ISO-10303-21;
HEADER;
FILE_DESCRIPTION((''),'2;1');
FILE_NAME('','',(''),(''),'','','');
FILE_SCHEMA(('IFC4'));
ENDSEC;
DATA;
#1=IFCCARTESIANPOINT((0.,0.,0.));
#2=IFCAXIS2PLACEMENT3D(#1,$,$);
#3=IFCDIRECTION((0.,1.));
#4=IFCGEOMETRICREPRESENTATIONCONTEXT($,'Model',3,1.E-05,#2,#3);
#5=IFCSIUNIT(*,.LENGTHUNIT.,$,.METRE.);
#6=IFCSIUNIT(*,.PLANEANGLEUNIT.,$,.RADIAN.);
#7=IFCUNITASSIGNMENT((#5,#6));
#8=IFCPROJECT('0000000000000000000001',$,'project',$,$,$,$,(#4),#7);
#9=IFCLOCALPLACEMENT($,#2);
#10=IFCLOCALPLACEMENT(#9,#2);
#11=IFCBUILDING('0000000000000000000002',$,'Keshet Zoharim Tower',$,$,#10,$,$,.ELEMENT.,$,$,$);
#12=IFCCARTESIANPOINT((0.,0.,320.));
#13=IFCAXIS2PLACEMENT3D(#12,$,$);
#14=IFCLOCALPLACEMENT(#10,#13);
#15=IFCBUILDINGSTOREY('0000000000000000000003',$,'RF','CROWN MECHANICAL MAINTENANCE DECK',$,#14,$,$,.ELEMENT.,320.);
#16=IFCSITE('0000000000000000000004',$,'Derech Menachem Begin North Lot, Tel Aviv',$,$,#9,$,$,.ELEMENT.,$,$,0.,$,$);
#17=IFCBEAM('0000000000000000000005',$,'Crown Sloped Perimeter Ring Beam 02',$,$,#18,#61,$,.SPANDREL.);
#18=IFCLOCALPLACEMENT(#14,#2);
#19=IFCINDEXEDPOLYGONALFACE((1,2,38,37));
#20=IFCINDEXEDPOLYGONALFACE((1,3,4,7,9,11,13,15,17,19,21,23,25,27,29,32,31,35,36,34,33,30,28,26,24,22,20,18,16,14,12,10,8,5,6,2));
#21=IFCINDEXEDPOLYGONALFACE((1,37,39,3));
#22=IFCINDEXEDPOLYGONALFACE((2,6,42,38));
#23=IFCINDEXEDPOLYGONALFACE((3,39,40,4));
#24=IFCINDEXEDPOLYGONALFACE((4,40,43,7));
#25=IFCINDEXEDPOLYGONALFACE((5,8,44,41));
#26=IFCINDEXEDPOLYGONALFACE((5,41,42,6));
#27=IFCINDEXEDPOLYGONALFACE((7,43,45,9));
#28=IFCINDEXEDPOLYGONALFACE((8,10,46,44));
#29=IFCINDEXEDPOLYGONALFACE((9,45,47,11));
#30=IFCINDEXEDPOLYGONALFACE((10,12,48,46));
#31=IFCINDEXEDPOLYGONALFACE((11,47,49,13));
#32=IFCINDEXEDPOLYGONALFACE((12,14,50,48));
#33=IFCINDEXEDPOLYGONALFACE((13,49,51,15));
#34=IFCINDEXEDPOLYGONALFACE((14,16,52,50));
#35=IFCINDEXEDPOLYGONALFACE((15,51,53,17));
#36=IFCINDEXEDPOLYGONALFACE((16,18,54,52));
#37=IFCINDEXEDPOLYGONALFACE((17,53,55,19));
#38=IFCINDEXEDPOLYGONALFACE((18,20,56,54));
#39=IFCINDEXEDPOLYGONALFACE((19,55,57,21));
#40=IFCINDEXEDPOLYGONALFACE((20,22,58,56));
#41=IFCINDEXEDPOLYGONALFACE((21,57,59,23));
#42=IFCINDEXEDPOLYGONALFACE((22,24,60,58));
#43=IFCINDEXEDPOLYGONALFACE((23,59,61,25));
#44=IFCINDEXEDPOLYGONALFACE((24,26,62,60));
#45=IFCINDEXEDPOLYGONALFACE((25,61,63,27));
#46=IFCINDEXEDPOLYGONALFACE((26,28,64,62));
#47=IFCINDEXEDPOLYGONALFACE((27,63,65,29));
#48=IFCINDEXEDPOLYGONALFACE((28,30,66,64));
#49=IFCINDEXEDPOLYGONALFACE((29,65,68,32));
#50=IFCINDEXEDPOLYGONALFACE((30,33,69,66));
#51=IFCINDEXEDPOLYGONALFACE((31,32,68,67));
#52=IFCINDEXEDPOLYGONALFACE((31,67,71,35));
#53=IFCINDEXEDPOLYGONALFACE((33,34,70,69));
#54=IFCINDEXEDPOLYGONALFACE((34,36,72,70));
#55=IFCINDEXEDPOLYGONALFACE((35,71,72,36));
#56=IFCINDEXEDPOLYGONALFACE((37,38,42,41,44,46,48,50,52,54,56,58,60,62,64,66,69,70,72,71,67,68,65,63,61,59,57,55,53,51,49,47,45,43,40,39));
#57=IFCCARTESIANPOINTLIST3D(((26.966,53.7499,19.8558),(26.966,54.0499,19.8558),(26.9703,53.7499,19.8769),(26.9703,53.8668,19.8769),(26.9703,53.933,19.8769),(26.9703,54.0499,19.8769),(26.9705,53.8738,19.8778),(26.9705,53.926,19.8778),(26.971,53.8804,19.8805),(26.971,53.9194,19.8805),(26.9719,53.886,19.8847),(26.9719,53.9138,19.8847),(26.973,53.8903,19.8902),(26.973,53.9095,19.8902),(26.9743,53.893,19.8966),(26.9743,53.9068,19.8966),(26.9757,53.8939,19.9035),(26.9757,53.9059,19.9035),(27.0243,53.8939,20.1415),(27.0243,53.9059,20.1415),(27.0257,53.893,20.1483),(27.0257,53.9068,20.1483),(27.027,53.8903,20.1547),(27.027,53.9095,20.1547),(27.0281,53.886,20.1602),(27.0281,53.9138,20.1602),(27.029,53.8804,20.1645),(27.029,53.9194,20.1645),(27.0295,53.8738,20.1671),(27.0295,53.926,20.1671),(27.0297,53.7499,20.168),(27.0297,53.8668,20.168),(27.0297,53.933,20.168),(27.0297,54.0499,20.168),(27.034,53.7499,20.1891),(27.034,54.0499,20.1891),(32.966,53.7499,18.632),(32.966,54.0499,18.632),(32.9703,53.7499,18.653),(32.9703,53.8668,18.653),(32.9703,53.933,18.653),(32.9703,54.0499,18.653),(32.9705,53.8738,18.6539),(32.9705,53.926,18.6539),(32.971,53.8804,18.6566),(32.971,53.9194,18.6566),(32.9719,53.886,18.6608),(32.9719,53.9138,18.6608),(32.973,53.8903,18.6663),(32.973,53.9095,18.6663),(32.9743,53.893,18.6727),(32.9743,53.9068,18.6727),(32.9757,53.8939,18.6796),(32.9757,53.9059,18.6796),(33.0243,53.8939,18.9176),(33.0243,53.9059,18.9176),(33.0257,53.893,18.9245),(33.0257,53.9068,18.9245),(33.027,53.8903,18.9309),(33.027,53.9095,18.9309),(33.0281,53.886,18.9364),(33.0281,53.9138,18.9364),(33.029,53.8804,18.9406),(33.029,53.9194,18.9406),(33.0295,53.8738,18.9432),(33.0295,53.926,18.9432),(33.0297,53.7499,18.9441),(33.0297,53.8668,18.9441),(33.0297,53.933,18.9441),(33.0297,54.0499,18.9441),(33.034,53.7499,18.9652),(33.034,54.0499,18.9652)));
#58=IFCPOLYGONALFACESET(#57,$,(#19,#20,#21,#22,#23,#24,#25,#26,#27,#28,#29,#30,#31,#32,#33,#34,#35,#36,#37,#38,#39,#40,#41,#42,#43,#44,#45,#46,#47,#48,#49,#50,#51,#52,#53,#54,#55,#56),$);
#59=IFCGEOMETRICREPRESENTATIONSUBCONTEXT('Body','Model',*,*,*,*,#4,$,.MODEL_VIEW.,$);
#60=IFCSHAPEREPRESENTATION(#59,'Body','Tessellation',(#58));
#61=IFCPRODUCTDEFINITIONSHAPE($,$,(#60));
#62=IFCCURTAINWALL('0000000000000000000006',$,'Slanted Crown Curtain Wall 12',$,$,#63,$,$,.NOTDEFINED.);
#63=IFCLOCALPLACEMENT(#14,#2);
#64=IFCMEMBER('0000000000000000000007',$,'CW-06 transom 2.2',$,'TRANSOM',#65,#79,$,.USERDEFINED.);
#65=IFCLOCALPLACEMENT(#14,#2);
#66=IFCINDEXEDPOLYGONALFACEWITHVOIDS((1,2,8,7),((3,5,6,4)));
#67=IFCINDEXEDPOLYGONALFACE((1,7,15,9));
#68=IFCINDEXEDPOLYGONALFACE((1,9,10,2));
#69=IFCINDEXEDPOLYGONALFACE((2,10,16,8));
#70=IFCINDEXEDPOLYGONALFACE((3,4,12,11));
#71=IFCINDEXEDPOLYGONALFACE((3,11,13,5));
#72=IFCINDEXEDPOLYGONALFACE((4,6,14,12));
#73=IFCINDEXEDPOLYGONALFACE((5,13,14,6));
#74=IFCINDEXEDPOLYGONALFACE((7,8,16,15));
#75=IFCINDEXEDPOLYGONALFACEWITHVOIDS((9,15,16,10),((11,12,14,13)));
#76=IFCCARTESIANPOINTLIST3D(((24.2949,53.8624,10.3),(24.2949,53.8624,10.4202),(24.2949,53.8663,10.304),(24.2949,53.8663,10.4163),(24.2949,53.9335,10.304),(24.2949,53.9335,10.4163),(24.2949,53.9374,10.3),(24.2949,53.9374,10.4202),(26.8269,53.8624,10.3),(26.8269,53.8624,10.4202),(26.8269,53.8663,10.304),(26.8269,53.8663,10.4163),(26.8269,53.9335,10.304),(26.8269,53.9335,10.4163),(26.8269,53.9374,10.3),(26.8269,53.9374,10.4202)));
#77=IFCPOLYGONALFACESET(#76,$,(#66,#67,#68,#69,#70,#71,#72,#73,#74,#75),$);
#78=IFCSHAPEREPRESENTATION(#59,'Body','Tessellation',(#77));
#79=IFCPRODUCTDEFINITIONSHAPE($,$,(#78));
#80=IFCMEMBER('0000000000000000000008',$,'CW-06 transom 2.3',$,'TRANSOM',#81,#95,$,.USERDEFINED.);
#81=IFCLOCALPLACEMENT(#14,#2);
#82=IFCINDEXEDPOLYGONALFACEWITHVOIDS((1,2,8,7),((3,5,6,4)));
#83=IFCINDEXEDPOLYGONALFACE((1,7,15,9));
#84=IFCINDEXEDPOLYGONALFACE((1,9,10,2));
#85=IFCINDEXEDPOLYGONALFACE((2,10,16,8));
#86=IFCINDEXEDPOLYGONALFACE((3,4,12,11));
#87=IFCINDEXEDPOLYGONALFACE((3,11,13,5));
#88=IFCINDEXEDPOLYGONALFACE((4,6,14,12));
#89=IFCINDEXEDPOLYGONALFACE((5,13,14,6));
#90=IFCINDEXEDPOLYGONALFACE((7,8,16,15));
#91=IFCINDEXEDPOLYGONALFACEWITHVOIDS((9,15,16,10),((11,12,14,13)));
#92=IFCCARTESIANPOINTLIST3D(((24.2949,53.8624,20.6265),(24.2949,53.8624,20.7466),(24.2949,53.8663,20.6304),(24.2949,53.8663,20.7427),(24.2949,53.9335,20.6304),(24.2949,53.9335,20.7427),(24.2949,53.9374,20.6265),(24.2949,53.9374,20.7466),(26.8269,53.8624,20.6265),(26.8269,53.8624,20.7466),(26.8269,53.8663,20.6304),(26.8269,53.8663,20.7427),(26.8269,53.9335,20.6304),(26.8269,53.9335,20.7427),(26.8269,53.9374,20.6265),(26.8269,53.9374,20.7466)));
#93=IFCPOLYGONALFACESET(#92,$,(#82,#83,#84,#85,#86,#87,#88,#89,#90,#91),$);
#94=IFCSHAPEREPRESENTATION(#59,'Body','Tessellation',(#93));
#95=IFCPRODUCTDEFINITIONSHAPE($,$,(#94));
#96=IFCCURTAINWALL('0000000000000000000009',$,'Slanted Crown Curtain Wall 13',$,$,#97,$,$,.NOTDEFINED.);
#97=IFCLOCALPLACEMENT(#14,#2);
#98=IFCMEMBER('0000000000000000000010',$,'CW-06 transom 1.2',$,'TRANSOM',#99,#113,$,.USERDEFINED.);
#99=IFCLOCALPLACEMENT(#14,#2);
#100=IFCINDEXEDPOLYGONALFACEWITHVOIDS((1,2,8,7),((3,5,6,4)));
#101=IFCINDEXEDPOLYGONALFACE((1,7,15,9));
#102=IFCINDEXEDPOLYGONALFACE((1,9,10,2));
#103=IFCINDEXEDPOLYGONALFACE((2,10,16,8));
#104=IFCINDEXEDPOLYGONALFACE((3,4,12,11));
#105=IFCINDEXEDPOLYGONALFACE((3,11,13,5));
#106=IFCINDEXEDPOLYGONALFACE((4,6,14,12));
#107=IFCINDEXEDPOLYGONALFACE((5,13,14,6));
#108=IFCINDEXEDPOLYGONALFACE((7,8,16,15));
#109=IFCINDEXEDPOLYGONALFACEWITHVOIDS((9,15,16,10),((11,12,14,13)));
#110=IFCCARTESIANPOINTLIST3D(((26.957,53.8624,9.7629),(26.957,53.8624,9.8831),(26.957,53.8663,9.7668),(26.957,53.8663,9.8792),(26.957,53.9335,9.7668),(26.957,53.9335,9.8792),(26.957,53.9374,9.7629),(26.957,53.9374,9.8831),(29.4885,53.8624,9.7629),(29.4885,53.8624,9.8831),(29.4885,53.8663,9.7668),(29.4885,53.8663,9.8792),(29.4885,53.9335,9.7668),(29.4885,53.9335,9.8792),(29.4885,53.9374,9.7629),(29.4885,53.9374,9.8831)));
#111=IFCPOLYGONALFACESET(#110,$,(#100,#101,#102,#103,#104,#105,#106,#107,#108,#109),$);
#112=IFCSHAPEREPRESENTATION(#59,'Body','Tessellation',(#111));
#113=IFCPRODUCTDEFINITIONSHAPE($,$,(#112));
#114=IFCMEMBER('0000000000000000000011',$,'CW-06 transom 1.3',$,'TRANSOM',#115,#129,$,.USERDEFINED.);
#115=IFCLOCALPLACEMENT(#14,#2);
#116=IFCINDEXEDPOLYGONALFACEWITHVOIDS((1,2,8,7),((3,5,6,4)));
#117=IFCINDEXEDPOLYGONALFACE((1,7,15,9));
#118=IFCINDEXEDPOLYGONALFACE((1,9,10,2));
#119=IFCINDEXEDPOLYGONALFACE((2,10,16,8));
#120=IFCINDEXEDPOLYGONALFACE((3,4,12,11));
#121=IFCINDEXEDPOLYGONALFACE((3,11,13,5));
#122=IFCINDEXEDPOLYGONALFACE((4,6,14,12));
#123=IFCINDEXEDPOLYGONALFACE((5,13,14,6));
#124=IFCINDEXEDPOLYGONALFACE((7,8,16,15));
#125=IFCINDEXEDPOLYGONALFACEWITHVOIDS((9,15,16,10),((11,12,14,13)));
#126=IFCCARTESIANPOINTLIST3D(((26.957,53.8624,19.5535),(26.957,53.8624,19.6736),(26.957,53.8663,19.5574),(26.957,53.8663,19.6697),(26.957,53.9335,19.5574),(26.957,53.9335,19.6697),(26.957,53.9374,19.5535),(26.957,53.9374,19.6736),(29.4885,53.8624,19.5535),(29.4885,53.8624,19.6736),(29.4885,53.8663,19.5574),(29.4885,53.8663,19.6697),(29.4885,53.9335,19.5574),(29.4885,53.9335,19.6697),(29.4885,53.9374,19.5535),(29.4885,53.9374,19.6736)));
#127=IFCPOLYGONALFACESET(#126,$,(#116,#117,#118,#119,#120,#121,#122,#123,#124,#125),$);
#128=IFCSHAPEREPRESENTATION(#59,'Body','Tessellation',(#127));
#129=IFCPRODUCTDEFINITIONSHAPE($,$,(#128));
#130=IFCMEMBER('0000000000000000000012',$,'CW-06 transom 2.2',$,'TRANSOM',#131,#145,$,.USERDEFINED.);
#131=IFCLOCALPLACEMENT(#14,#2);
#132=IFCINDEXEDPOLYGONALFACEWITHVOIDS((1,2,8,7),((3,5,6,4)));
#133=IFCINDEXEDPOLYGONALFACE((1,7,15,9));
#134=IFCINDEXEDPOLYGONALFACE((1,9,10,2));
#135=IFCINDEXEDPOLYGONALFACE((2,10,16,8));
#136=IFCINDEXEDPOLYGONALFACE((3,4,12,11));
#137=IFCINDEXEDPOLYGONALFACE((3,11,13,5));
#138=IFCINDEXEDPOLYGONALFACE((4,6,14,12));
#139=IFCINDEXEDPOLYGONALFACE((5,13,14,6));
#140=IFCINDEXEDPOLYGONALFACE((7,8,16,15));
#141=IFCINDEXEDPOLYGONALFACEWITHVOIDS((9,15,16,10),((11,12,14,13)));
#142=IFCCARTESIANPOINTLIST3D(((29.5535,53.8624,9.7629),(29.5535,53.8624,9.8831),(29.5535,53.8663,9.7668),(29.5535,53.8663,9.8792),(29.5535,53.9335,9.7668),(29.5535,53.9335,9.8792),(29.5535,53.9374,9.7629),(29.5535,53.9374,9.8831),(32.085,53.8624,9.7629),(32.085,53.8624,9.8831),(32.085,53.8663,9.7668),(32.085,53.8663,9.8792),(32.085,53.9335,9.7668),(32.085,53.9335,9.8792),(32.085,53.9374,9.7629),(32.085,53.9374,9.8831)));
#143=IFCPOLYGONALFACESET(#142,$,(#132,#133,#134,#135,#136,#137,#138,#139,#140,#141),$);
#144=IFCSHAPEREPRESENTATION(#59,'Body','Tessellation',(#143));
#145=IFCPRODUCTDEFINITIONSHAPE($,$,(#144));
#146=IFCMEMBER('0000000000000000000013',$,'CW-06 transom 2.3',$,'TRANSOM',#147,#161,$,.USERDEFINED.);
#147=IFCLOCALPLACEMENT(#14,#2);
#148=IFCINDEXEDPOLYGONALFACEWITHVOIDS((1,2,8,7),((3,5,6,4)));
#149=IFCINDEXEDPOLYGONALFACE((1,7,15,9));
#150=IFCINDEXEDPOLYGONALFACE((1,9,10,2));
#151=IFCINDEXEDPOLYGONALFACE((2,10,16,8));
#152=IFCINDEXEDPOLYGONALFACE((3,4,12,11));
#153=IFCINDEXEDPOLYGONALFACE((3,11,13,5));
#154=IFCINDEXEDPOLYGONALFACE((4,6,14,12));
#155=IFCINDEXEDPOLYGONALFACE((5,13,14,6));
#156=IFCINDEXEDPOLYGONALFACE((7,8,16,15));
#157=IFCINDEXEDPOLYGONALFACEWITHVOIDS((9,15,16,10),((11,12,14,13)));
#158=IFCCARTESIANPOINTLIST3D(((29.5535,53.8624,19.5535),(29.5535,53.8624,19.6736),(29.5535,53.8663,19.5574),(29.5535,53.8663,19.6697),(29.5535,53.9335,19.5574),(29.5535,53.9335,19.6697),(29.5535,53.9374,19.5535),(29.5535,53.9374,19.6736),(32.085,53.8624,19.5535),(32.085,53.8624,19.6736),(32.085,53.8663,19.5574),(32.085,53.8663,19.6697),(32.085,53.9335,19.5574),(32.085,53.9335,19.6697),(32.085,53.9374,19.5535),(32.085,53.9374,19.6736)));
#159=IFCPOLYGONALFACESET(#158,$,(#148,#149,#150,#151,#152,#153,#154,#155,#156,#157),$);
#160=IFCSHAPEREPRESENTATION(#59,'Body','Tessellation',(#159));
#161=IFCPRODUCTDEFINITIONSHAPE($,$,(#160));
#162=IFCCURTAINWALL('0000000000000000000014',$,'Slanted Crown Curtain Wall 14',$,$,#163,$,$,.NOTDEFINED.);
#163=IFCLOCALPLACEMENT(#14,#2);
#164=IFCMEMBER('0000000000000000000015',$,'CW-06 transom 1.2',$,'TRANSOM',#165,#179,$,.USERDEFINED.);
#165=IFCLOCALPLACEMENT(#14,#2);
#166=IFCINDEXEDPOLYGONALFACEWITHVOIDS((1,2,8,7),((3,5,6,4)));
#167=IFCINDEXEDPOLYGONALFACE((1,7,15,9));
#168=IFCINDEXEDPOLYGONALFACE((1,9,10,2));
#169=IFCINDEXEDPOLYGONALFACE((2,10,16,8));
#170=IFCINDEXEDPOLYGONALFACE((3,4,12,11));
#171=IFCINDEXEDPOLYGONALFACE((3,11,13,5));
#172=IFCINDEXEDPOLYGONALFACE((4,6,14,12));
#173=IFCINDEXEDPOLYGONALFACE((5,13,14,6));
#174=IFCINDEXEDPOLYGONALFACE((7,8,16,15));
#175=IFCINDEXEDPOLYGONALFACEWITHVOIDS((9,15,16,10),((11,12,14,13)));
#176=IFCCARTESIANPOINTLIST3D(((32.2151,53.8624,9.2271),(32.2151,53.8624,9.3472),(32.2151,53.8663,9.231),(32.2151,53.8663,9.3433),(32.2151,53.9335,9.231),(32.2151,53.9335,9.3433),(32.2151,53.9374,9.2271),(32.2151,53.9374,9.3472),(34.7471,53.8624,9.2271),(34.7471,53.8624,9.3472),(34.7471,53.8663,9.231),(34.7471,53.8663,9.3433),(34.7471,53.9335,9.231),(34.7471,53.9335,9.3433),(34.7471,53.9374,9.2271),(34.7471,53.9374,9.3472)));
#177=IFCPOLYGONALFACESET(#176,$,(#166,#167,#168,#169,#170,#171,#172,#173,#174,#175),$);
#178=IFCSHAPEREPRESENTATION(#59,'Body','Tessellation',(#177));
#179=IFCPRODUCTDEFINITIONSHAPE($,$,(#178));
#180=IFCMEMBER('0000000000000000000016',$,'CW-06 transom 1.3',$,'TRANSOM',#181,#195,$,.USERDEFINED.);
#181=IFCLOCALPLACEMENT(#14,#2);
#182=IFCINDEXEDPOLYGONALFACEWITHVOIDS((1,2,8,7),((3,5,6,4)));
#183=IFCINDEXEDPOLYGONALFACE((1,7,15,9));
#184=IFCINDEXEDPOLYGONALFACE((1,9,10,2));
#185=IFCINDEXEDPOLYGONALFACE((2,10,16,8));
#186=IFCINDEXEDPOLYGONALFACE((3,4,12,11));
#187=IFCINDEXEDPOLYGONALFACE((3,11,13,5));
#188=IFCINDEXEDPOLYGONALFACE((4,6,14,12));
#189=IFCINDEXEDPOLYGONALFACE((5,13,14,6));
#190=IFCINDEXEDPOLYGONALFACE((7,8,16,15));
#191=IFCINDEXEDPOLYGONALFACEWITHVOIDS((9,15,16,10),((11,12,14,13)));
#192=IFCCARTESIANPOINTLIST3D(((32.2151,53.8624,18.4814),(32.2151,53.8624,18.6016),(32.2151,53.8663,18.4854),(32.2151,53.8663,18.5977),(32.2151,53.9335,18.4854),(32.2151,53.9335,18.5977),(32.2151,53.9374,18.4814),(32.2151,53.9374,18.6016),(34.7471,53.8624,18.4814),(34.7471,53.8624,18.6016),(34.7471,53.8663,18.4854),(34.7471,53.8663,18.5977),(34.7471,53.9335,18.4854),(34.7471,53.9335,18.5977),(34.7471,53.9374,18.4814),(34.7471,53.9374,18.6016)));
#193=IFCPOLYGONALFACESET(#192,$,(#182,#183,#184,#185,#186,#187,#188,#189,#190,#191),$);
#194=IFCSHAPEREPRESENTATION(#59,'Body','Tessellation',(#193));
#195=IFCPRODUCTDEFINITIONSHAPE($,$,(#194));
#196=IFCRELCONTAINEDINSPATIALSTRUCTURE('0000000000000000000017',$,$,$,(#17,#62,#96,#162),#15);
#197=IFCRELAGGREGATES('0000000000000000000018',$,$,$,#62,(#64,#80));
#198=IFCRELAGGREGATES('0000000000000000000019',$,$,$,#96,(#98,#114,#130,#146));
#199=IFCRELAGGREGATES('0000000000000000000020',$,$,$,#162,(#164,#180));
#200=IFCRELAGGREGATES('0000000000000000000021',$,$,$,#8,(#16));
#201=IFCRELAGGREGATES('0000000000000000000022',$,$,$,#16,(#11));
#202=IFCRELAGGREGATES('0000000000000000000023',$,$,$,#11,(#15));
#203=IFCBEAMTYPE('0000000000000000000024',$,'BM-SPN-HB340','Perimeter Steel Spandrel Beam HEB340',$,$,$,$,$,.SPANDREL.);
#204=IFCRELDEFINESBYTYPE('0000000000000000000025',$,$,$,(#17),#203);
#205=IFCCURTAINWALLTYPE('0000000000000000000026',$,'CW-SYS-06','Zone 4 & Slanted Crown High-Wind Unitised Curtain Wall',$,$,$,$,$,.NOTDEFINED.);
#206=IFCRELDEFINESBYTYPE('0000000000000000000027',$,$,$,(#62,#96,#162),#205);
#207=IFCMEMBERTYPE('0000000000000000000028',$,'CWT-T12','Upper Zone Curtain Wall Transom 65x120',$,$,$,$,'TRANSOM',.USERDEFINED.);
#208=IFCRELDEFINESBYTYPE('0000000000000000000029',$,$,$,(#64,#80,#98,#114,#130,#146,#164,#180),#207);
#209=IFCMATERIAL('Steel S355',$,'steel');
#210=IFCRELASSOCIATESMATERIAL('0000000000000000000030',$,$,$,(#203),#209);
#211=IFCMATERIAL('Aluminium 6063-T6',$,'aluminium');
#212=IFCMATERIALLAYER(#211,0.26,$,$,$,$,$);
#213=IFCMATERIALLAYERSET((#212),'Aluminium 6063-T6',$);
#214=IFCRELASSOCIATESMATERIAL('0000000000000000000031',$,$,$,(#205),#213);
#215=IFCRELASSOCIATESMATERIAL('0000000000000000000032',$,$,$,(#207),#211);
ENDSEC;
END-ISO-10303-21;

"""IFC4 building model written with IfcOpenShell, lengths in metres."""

from ifc_helpers import new_model, si_unit, direction, frame, origin, origin_2d, place, context, subcontext, project, spatial, hollow_rectangle, i_section, extrude, material, layer, layer_set, material_profile, profile_set, type_object, element, aggregate, save


model = new_model("IFC4")

# Units and contexts
model_context = context("Model", 3, precision=1e-05, world=origin(), true_north=direction((0.0, 1.0)))
body_context = subcontext(model_context, "Body", "Model", "MODEL_VIEW")
ifc_project = project(units=[si_unit("LENGTHUNIT", "METRE"), si_unit("PLANEANGLEUNIT", "RADIAN")], contexts=[model_context])

# Site, building, storey
site_placement = place(None, origin())
site = spatial("IfcSite", under=ifc_project, at=site_placement, Name="Derech Menachem Begin North Lot, Tel Aviv", CompositionType="ELEMENT", RefElevation=0.0)
building_placement = place(site_placement, origin())
building = spatial("IfcBuilding", under=site, at=building_placement, Name="Keshet Zoharim Tower", CompositionType="ELEMENT")
storey_placement = place(building_placement, frame((0.0, 0.0, 320.0)))
storey = spatial("IfcBuildingStorey", under=building, at=storey_placement, Name="RF", Description="CROWN MECHANICAL MAINTENANCE DECK", CompositionType="ELEMENT", Elevation=320.0)

# Beam
ifc_material_1 = material(Name="Steel S355", Category="steel")
ifc_material_profile_1 = material_profile(ifc_material_1, i_section(OverallWidth=0.3, OverallDepth=0.3401, WebThickness=0.012, FlangeThickness=0.0215, FilletRadius=0.0271, at=origin_2d()), Name="HEB340")
ifc_profile_set_1 = profile_set([ifc_material_profile_1], Name="Steel S355")
beam_type = type_object("IfcBeamType", Name="BM-SPN-HB340", Description="Perimeter Steel Spandrel Beam HEB340", PredefinedType="SPANDREL", material=ifc_profile_set_1)
beam_placement = place(storey_placement, frame((27.0, 53.8999, 20.0225), z_axis=(0.979824, 0.0, -0.199864), x_axis=(0.0, 1.0, 0.0)))
element("IfcBeam", 1, at=beam_placement, inside=storey, type_object=beam_type, Name="Crown Sloped Perimeter Ring Beam 02", PredefinedType="SPANDREL", context=body_context, shape_type="SweptSolid", body=[
    extrude(i_section(OverallWidth=0.3, OverallDepth=0.3401, WebThickness=0.012, FlangeThickness=0.0215, FilletRadius=0.0271, at=origin_2d()), origin(), (0.0, 0.0, 1.0), 6.1235),
])

# Curtain walls, members
ifc_material_2 = material(Name="Aluminium 6063-T6", Category="aluminium")
ifc_layer_1 = layer(ifc_material_2, 0.26)
ifc_layer_set_1 = layer_set([ifc_layer_1], Name="Aluminium 6063-T6")
curtain_wall_type = type_object("IfcCurtainWallType", Name="CW-SYS-06", Description="Zone 4 & Slanted Crown High-Wind Unitised Curtain Wall", PredefinedType="NOTDEFINED", material=ifc_layer_set_1)
curtain_wall_1_placement = place(storey_placement, origin())
curtain_wall_1 = element("IfcCurtainWall", 2, at=curtain_wall_1_placement, inside=storey, type_object=curtain_wall_type, Name="Slanted Crown Curtain Wall 12", PredefinedType="NOTDEFINED")
ifc_material_profile_2 = material_profile(ifc_material_2, hollow_rectangle(XDim=0.075, YDim=0.1201, WallThickness=0.0039, at=origin_2d()), Name="TRN-75x120")
ifc_profile_set_2 = profile_set([ifc_material_profile_2], Name="Aluminium 6063-T6")
member_type = type_object("IfcMemberType", Name="CWT-T12", Description="Upper Zone Curtain Wall Transom 65x120", ElementType="TRANSOM", PredefinedType="USERDEFINED", material=ifc_profile_set_2)
member_1_placement = place(storey_placement, frame((24.2949, 53.8999, 10.3601), z_axis=(1.0, 0.0, 0.0), x_axis=(0.0, 1.0, 0.0)))
member_1 = element("IfcMember", 3, at=member_1_placement, type_object=member_type, Name="CW-06 transom 2.2", ObjectType="TRANSOM", PredefinedType="USERDEFINED", context=body_context, shape_type="SweptSolid", body=[
    extrude(hollow_rectangle(XDim=0.075, YDim=0.1201, WallThickness=0.0039, at=origin_2d()), origin(), (0.0, 0.0, 1.0), 2.532),
])
member_2_placement = place(storey_placement, frame((24.2949, 53.8999, 20.6865), z_axis=(1.0, 0.0, 0.0), x_axis=(0.0, 1.0, 0.0)))
member_2 = element("IfcMember", 4, at=member_2_placement, type_object=member_type, Name="CW-06 transom 2.3", ObjectType="TRANSOM", PredefinedType="USERDEFINED", context=body_context, shape_type="SweptSolid", body=[
    extrude(hollow_rectangle(XDim=0.075, YDim=0.1201, WallThickness=0.0039, at=origin_2d()), origin(), (0.0, 0.0, 1.0), 2.532),
])
curtain_wall_2_placement = place(storey_placement, origin())
curtain_wall_2 = element("IfcCurtainWall", 5, at=curtain_wall_2_placement, inside=storey, type_object=curtain_wall_type, Name="Slanted Crown Curtain Wall 13", PredefinedType="NOTDEFINED")
member_3_placement = place(storey_placement, frame((26.957, 53.8999, 9.823), z_axis=(1.0, 0.0, 0.0), x_axis=(0.0, 1.0, 0.0)))
member_3 = element("IfcMember", 6, at=member_3_placement, type_object=member_type, Name="CW-06 transom 1.2", ObjectType="TRANSOM", PredefinedType="USERDEFINED", context=body_context, shape_type="SweptSolid", body=[
    extrude(hollow_rectangle(XDim=0.075, YDim=0.1201, WallThickness=0.0039, at=origin_2d()), origin(), (0.0, 0.0, 1.0), 2.5315),
])
member_4_placement = place(storey_placement, frame((26.957, 53.8999, 19.6135), z_axis=(1.0, 0.0, 0.0), x_axis=(0.0, 1.0, 0.0)))
member_4 = element("IfcMember", 7, at=member_4_placement, type_object=member_type, Name="CW-06 transom 1.3", ObjectType="TRANSOM", PredefinedType="USERDEFINED", context=body_context, shape_type="SweptSolid", body=[
    extrude(hollow_rectangle(XDim=0.075, YDim=0.1201, WallThickness=0.0039, at=origin_2d()), origin(), (0.0, 0.0, 1.0), 2.5315),
])
member_5_placement = place(storey_placement, frame((29.5535, 53.8999, 9.823), z_axis=(1.0, 0.0, 0.0), x_axis=(0.0, 1.0, 0.0)))
member_5 = element("IfcMember", 8, at=member_5_placement, type_object=member_type, Name="CW-06 transom 2.2", ObjectType="TRANSOM", PredefinedType="USERDEFINED", context=body_context, shape_type="SweptSolid", body=[
    extrude(hollow_rectangle(XDim=0.075, YDim=0.1201, WallThickness=0.0039, at=origin_2d()), origin(), (0.0, 0.0, 1.0), 2.5315),
])
member_6_placement = place(storey_placement, frame((29.5535, 53.8999, 19.6135), z_axis=(1.0, 0.0, 0.0), x_axis=(0.0, 1.0, 0.0)))
member_6 = element("IfcMember", 9, at=member_6_placement, type_object=member_type, Name="CW-06 transom 2.3", ObjectType="TRANSOM", PredefinedType="USERDEFINED", context=body_context, shape_type="SweptSolid", body=[
    extrude(hollow_rectangle(XDim=0.075, YDim=0.1201, WallThickness=0.0039, at=origin_2d()), origin(), (0.0, 0.0, 1.0), 2.5315),
])
curtain_wall_3_placement = place(storey_placement, origin())
curtain_wall_3 = element("IfcCurtainWall", 10, at=curtain_wall_3_placement, inside=storey, type_object=curtain_wall_type, Name="Slanted Crown Curtain Wall 14", PredefinedType="NOTDEFINED")
member_7_placement = place(storey_placement, frame((32.2151, 53.8999, 9.2871), z_axis=(1.0, 0.0, 0.0), x_axis=(0.0, 1.0, 0.0)))
member_7 = element("IfcMember", 11, at=member_7_placement, type_object=member_type, Name="CW-06 transom 1.2", ObjectType="TRANSOM", PredefinedType="USERDEFINED", context=body_context, shape_type="SweptSolid", body=[
    extrude(hollow_rectangle(XDim=0.075, YDim=0.1201, WallThickness=0.0039, at=origin_2d()), origin(), (0.0, 0.0, 1.0), 2.532),
])
member_8_placement = place(storey_placement, frame((32.2151, 53.8999, 18.5415), z_axis=(1.0, 0.0, 0.0), x_axis=(0.0, 1.0, 0.0)))
member_8 = element("IfcMember", 12, at=member_8_placement, type_object=member_type, Name="CW-06 transom 1.3", ObjectType="TRANSOM", PredefinedType="USERDEFINED", context=body_context, shape_type="SweptSolid", body=[
    extrude(hollow_rectangle(XDim=0.075, YDim=0.1201, WallThickness=0.0039, at=origin_2d()), origin(), (0.0, 0.0, 1.0), 2.532),
])

aggregate(curtain_wall_1, [member_1, member_2])
aggregate(curtain_wall_2, [member_3, member_4, member_5, member_6])
aggregate(curtain_wall_3, [member_7, member_8])

save(model, "model.ifc")
